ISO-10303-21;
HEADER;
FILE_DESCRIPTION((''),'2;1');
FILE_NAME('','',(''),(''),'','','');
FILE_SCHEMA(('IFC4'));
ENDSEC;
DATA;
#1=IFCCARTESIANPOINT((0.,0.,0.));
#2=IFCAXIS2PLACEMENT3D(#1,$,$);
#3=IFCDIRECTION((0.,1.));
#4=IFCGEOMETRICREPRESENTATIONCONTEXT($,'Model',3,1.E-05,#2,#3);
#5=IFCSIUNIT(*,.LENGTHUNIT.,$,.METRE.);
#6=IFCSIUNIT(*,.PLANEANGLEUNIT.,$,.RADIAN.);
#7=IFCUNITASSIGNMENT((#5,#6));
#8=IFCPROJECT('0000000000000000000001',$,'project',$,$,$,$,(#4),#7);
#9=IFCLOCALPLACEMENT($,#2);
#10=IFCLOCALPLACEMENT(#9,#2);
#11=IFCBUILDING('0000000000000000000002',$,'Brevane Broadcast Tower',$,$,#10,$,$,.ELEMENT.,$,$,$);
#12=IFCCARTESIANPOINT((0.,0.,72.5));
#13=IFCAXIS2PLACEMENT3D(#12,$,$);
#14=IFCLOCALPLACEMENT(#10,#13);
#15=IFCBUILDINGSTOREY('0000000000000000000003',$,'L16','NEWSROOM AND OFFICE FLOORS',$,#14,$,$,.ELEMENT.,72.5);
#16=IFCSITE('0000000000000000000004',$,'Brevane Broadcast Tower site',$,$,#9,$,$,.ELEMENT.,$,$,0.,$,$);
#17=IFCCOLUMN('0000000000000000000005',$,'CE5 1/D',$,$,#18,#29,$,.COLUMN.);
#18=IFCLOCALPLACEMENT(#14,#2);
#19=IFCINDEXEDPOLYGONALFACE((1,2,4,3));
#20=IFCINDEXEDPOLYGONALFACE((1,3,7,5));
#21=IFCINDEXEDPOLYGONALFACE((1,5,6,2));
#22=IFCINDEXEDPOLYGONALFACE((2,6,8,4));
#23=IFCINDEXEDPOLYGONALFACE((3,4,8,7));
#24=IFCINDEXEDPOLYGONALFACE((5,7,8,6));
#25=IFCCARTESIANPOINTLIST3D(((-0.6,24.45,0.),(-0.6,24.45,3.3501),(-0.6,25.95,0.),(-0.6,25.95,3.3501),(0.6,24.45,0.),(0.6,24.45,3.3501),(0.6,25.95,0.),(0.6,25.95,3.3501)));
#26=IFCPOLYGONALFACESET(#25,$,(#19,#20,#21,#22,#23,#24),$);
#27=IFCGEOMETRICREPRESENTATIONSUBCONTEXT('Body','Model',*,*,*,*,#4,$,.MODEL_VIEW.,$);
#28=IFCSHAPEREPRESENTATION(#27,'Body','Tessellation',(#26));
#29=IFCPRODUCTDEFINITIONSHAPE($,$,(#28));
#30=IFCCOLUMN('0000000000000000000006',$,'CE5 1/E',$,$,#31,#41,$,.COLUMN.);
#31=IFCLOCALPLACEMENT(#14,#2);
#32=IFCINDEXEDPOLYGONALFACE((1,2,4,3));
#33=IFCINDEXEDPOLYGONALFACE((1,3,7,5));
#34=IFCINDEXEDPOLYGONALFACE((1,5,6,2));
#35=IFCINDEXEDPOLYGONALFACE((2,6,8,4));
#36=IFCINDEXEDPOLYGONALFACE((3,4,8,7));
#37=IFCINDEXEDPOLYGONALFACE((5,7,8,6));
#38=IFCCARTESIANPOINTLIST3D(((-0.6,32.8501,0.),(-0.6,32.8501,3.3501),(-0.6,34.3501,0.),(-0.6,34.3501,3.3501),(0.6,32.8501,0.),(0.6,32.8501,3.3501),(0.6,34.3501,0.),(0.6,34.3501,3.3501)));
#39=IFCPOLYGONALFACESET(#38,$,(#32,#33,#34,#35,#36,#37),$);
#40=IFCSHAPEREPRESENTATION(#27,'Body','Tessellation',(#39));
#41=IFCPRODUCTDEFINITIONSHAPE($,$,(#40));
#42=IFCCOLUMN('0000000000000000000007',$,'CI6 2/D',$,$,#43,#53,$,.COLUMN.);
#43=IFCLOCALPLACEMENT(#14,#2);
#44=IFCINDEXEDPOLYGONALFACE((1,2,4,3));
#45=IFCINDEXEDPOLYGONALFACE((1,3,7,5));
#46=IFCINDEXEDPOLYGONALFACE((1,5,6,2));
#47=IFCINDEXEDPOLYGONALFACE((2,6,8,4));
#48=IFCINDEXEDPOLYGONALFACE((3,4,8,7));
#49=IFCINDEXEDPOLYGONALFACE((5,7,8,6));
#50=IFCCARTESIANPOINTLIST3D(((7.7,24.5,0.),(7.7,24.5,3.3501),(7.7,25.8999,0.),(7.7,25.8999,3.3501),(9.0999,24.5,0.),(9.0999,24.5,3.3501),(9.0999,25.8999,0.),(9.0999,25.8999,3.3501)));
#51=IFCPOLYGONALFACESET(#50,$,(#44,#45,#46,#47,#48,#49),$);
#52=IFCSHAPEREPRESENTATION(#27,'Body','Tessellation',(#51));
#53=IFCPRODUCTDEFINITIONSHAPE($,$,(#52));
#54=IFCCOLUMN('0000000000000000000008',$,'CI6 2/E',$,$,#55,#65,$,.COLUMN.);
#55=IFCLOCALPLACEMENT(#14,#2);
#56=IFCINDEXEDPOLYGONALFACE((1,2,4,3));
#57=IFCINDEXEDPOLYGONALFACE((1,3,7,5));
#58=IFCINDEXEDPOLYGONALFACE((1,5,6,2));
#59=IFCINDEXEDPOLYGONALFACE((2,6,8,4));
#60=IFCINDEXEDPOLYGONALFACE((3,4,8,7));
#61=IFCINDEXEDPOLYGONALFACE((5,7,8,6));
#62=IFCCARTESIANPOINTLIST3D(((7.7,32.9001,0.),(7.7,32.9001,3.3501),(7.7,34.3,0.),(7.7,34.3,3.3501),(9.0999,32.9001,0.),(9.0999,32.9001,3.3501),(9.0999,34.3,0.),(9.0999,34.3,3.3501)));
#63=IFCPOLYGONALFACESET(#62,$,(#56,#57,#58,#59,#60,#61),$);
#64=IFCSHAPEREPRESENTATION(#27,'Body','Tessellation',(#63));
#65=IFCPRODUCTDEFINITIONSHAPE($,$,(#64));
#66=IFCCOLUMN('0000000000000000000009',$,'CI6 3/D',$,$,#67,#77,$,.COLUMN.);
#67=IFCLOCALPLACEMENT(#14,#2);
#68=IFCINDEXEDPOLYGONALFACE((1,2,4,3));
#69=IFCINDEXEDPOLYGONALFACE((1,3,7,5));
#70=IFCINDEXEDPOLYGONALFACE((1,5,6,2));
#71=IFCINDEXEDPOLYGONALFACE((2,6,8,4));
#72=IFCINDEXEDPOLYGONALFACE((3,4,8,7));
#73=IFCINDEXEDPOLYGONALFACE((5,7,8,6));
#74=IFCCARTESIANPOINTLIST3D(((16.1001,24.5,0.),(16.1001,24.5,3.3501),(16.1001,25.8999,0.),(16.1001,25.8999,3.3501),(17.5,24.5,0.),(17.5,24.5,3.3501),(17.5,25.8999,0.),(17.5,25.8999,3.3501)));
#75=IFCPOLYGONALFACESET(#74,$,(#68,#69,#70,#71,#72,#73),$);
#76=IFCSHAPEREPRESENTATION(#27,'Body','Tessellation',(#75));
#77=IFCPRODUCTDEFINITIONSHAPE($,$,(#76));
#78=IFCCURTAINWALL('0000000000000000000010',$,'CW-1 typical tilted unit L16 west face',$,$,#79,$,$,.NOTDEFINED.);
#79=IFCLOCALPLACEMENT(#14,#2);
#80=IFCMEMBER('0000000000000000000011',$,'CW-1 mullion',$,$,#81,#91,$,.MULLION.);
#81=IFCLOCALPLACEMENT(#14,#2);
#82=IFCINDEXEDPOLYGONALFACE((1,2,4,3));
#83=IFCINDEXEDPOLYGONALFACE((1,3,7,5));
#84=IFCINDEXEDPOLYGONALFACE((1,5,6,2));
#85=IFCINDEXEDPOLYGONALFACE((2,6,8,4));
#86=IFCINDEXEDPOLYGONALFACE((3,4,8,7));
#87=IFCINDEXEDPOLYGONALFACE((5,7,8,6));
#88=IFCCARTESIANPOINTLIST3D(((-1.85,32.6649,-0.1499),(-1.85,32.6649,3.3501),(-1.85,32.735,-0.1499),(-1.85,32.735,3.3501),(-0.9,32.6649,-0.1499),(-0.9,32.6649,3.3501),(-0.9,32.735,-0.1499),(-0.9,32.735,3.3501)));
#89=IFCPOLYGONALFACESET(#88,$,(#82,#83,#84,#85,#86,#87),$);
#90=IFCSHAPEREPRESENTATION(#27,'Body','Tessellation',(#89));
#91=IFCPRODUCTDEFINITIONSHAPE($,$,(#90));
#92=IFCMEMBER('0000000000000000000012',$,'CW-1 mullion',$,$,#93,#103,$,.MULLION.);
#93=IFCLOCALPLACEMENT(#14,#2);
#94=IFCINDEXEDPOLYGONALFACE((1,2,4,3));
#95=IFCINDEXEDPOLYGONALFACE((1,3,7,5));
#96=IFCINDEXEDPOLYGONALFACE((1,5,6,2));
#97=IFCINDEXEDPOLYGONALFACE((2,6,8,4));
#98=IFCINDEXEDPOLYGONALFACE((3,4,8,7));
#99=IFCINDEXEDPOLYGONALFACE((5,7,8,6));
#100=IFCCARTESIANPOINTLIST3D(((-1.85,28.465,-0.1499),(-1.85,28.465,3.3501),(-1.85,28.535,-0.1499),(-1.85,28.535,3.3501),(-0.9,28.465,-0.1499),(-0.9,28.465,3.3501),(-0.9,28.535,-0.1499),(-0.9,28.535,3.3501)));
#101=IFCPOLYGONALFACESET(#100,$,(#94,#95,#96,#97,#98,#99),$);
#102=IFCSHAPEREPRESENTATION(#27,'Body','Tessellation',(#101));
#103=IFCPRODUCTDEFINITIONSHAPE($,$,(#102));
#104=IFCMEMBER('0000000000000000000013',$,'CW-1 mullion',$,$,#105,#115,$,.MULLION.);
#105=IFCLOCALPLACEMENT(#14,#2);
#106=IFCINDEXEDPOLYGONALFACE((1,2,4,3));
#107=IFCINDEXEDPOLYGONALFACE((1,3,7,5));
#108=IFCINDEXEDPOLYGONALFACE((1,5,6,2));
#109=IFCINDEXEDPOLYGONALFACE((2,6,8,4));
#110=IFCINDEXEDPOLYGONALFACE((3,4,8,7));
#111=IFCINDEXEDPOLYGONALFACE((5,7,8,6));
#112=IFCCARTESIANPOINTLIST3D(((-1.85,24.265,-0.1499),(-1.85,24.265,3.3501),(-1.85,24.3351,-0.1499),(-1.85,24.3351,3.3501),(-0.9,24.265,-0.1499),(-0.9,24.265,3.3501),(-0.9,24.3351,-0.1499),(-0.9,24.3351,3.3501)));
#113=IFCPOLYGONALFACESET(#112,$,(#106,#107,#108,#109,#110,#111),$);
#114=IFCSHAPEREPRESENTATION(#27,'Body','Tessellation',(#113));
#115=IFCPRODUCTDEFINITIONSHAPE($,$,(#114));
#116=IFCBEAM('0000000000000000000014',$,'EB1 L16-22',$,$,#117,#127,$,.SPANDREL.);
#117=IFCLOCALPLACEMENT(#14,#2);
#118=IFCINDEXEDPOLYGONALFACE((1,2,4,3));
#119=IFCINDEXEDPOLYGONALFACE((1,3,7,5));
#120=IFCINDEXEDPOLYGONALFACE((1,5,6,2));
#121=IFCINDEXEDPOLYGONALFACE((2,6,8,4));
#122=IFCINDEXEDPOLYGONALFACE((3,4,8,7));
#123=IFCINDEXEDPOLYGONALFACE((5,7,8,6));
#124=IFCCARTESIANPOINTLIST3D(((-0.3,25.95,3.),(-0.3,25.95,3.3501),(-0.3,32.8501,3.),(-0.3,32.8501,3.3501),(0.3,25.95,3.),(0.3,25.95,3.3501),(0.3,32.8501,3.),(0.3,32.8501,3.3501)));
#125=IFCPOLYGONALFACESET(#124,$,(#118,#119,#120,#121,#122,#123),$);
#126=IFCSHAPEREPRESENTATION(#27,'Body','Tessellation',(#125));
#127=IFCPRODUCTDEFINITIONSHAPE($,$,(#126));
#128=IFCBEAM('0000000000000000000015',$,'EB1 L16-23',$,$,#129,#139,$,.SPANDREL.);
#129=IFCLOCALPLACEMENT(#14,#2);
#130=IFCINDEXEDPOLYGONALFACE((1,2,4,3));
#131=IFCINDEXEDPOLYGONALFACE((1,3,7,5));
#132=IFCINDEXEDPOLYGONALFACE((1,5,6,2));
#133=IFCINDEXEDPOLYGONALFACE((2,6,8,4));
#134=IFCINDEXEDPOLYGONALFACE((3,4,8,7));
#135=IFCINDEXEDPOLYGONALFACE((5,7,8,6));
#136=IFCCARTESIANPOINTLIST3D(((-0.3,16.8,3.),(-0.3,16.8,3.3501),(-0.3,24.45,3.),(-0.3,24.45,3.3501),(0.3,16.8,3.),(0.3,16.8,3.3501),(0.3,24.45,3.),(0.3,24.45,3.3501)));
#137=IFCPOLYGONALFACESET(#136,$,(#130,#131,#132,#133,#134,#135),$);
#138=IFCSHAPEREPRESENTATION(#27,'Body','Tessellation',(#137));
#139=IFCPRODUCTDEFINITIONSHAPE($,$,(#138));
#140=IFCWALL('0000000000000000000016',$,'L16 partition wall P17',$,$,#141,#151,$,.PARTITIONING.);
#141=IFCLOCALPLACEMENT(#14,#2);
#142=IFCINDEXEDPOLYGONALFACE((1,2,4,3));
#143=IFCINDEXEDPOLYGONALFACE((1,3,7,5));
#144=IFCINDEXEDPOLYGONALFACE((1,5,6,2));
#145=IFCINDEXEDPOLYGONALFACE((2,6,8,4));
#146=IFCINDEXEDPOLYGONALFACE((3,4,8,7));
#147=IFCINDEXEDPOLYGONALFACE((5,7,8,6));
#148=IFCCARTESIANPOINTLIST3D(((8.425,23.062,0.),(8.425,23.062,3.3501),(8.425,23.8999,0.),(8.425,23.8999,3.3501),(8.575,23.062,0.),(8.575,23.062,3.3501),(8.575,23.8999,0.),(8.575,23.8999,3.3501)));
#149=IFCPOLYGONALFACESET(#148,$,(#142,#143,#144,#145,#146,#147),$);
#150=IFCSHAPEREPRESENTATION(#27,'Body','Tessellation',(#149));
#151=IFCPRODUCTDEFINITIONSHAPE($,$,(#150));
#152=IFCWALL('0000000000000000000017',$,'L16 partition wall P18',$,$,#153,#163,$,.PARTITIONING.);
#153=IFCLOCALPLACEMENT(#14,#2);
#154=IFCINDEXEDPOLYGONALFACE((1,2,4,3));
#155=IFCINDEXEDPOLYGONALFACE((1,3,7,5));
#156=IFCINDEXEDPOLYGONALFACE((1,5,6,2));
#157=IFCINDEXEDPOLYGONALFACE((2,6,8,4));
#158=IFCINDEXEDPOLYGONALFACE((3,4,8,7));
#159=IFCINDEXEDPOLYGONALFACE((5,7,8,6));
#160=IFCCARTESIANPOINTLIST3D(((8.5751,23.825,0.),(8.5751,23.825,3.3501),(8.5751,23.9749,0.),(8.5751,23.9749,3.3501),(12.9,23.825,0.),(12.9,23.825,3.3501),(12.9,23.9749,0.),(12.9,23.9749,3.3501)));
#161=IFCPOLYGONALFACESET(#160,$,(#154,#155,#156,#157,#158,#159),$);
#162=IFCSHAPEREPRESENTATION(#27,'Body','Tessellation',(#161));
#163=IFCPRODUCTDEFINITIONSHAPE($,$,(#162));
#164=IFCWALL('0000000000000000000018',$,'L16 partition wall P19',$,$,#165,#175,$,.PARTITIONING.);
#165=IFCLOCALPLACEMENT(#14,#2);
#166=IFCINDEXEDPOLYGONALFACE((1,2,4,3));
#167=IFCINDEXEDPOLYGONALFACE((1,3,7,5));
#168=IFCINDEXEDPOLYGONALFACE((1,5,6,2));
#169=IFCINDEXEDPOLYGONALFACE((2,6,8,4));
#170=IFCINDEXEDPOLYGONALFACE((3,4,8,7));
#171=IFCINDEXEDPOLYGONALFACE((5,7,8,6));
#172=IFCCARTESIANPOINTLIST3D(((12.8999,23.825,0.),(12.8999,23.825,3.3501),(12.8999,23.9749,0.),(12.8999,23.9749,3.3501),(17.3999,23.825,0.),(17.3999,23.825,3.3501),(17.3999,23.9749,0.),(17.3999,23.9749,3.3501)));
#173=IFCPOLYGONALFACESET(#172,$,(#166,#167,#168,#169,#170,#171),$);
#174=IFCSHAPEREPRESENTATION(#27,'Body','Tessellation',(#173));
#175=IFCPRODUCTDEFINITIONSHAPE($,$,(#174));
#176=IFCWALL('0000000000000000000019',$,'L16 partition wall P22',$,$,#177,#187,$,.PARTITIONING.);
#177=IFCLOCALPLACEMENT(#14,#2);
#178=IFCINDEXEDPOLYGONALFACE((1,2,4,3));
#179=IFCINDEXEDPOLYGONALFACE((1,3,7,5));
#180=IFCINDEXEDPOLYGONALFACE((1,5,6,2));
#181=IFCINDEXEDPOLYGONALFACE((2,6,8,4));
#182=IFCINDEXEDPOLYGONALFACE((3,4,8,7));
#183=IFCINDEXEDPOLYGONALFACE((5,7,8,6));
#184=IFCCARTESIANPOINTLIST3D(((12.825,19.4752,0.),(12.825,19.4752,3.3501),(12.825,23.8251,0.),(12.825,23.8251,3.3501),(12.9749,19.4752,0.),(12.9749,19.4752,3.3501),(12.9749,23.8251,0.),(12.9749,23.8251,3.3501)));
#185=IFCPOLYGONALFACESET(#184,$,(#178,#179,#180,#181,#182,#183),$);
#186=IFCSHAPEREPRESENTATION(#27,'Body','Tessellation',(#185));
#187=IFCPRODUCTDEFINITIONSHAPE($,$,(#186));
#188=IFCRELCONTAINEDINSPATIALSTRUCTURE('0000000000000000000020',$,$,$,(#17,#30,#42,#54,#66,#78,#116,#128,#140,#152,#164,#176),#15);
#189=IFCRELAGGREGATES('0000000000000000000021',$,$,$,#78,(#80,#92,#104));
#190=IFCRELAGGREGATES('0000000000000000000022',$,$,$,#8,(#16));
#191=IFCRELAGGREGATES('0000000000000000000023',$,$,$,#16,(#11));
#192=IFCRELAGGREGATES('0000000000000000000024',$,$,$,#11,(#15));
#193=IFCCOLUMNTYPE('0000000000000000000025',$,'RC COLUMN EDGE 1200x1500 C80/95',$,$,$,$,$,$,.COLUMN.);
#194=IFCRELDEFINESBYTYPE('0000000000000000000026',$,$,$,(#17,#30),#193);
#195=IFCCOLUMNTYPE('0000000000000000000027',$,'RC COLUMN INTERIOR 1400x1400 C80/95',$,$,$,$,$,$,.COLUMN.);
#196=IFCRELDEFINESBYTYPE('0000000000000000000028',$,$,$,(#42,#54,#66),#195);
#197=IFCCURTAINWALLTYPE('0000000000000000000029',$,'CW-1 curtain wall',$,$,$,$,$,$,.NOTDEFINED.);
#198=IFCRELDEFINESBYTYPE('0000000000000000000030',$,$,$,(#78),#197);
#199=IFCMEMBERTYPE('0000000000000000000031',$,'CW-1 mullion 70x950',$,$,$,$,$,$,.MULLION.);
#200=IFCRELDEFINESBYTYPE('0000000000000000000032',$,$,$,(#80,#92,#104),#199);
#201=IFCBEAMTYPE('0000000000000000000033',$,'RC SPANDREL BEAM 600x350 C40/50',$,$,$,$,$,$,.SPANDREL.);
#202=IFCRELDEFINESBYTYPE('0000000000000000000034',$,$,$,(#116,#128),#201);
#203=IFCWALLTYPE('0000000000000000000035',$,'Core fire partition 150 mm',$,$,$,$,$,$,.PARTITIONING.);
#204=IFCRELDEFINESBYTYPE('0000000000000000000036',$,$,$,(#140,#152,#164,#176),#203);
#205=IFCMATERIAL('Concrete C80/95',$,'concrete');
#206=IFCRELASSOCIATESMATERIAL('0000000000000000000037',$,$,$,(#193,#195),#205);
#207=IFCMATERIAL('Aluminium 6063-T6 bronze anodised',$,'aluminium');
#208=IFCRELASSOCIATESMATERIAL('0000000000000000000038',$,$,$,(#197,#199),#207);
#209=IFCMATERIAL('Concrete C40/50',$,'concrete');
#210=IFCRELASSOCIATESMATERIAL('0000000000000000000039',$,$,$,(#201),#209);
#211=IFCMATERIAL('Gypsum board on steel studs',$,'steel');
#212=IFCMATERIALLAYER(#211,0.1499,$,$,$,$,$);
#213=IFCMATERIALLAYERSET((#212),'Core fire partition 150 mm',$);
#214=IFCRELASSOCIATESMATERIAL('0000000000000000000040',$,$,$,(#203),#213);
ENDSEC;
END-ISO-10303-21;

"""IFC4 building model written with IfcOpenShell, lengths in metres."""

from ifc_helpers import new_model, si_unit, direction, frame, frame_2d, origin, origin_2d, place, context, subcontext, project, spatial, rectangle, extrude, material, layer, layer_set, material_profile, profile_set, type_object, element, aggregate, save


model = new_model("IFC4")

# Units and contexts
model_context = context("Model", 3, precision=1e-05, world=origin(), true_north=direction((0.0, 1.0)))
body_context = subcontext(model_context, "Body", "Model", "MODEL_VIEW")
ifc_project = project(units=[si_unit("LENGTHUNIT", "METRE"), si_unit("PLANEANGLEUNIT", "RADIAN")], contexts=[model_context])

# Site, building, storey
site_placement = place(None, origin())
site = spatial("IfcSite", under=ifc_project, at=site_placement, Name="Brevane Broadcast Tower site", CompositionType="ELEMENT", RefElevation=0.0)
building_placement = place(site_placement, origin())
building = spatial("IfcBuilding", under=site, at=building_placement, Name="Brevane Broadcast Tower", CompositionType="ELEMENT")
storey_placement = place(building_placement, frame((0.0, 0.0, 72.5)))
storey = spatial("IfcBuildingStorey", under=building, at=storey_placement, Name="L16", Description="NEWSROOM AND OFFICE FLOORS", CompositionType="ELEMENT", Elevation=72.5)

# Columns
ifc_material_1 = material(Name="Concrete C80/95", Category="concrete")
ifc_material_profile_1 = material_profile(ifc_material_1, rectangle(XDim=1.2, YDim=1.5, at=origin_2d()), Name="RC 1200x1500")
ifc_profile_set_1 = profile_set([ifc_material_profile_1], Name="Concrete C80/95")
column_type_1 = type_object("IfcColumnType", Name="RC COLUMN EDGE 1200x1500 C80/95", PredefinedType="COLUMN", material=ifc_profile_set_1)
for number, where, z_axis, x_axis, name in (
    (1, (0.0, 25.2, 0.0), (0.0, 0.0, 1.0), (1.0, 0.0, 0.0), "CE5 1/D"),
    (2, (0.0, 33.6001, 0.0), (0.0, 0.0, 1.0), (1.0, 0.0, 0.0), "CE5 1/E"),
):
    element("IfcColumn", number, at=place(storey_placement, frame(where, z_axis=z_axis, x_axis=x_axis)), inside=storey, type_object=column_type_1, Name=name, PredefinedType="COLUMN", context=body_context, shape_type="SweptSolid", body=[
        extrude(rectangle(XDim=1.2, YDim=1.5, at=origin_2d()), origin(), (0.0, 0.0, 1.0), 3.3501),
    ])
ifc_material_profile_2 = material_profile(ifc_material_1, rectangle(XDim=1.3999, YDim=1.3999, at=origin_2d()), Name="RC 1400x1400")
ifc_profile_set_2 = profile_set([ifc_material_profile_2], Name="Concrete C80/95")
column_type_2 = type_object("IfcColumnType", Name="RC COLUMN INTERIOR 1400x1400 C80/95", PredefinedType="COLUMN", material=ifc_profile_set_2)
for number, where, z_axis, x_axis, name in (
    (3, (8.3999, 25.2, 0.0), (0.0, 0.0, 1.0), (1.0, 0.0, 0.0), "CI6 2/D"),
    (4, (8.3999, 33.6001, 0.0), (0.0, 0.0, 1.0), (1.0, 0.0, 0.0), "CI6 2/E"),
    (5, (16.8, 25.2, 0.0), (0.0, 0.0, 1.0), (1.0, 0.0, 0.0), "CI6 3/D"),
):
    element("IfcColumn", number, at=place(storey_placement, frame(where, z_axis=z_axis, x_axis=x_axis)), inside=storey, type_object=column_type_2, Name=name, PredefinedType="COLUMN", context=body_context, shape_type="SweptSolid", body=[
        extrude(rectangle(XDim=1.3999, YDim=1.3999, at=origin_2d()), origin(), (0.0, 0.0, 1.0), 3.3501),
    ])

# Curtain wall, members
ifc_material_2 = material(Name="Aluminium 6063-T6 bronze anodised", Category="aluminium")
curtain_wall_type = type_object("IfcCurtainWallType", Name="CW-1 curtain wall", PredefinedType="NOTDEFINED", material=ifc_material_2)
curtain_wall_placement = place(storey_placement, origin())
curtain_wall = element("IfcCurtainWall", 6, at=curtain_wall_placement, inside=storey, type_object=curtain_wall_type, Name="CW-1 typical tilted unit L16 west face", PredefinedType="NOTDEFINED")
ifc_material_profile_3 = material_profile(ifc_material_2, rectangle(XDim=0.95, YDim=0.0701, at=origin_2d()), Name="RECT 70x950")
ifc_profile_set_3 = profile_set([ifc_material_profile_3], Name="Aluminium 6063-T6 bronze anodised")
member_type = type_object("IfcMemberType", Name="CW-1 mullion 70x950", PredefinedType="MULLION", material=ifc_profile_set_3)
member_1_placement = place(storey_placement, frame((-1.375, 32.7, -0.1499), z_axis=(0.0, 0.0, 1.0), x_axis=(1.0, 0.0, 0.0)))
member_1 = element("IfcMember", 7, at=member_1_placement, type_object=member_type, Name="CW-1 mullion", PredefinedType="MULLION", context=body_context, shape_type="SweptSolid", body=[
    extrude(rectangle(XDim=0.95, YDim=0.0701, at=origin_2d()), origin(), (0.0, 0.0, 1.0), 3.5),
])
member_2_placement = place(storey_placement, frame((-1.375, 28.5, -0.1499), z_axis=(0.0, 0.0, 1.0), x_axis=(1.0, 0.0, 0.0)))
member_2 = element("IfcMember", 8, at=member_2_placement, type_object=member_type, Name="CW-1 mullion", PredefinedType="MULLION", context=body_context, shape_type="SweptSolid", body=[
    extrude(rectangle(XDim=0.95, YDim=0.0701, at=origin_2d()), origin(), (0.0, 0.0, 1.0), 3.5),
])
member_3_placement = place(storey_placement, frame((-1.375, 24.3, -0.1499), z_axis=(0.0, 0.0, 1.0), x_axis=(1.0, 0.0, 0.0)))
member_3 = element("IfcMember", 9, at=member_3_placement, type_object=member_type, Name="CW-1 mullion", PredefinedType="MULLION", context=body_context, shape_type="SweptSolid", body=[
    extrude(rectangle(XDim=0.95, YDim=0.0701, at=origin_2d()), origin(), (0.0, 0.0, 1.0), 3.5),
])
aggregate(curtain_wall, [member_1, member_2, member_3])

# Beams
ifc_material_3 = material(Name="Concrete C40/50", Category="concrete")
ifc_material_profile_4 = material_profile(ifc_material_3, rectangle(XDim=0.6001, YDim=0.3501, at=origin_2d()), Name="RC 600x350")
ifc_profile_set_4 = profile_set([ifc_material_profile_4], Name="Concrete C40/50")
beam_type = type_object("IfcBeamType", Name="RC SPANDREL BEAM 600x350 C40/50", PredefinedType="SPANDREL", material=ifc_profile_set_4)
beam_1_placement = place(storey_placement, frame((0.0, 32.8501, 3.175), z_axis=(0.0, -1.0, 0.0), x_axis=(1.0, 0.0, 0.0)))
element("IfcBeam", 10, at=beam_1_placement, inside=storey, type_object=beam_type, Name="EB1 L16-22", PredefinedType="SPANDREL", context=body_context, shape_type="SweptSolid", body=[
    extrude(rectangle(XDim=0.6001, YDim=0.3501, at=origin_2d()), origin(), (0.0, 0.0, 1.0), 6.9001),
])
beam_2_placement = place(storey_placement, frame((0.0, 24.45, 3.175), z_axis=(0.0, -1.0, 0.0), x_axis=(1.0, 0.0, 0.0)))
element("IfcBeam", 11, at=beam_2_placement, inside=storey, type_object=beam_type, Name="EB1 L16-23", PredefinedType="SPANDREL", context=body_context, shape_type="SweptSolid", body=[
    extrude(rectangle(XDim=0.6001, YDim=0.3501, at=origin_2d()), origin(), (0.0, 0.0, 1.0), 7.6499),
])

# Walls
ifc_material_4 = material(Name="Gypsum board on steel studs", Category="steel")
ifc_layer_1 = layer(ifc_material_4, 0.1499)
ifc_layer_set_1 = layer_set([ifc_layer_1], Name="Core fire partition 150 mm")
wall_type_1 = type_object("IfcWallType", Name="Core fire partition 150 mm", PredefinedType="PARTITIONING", material=ifc_layer_set_1)
wall_1_placement = place(storey_placement, frame((8.5, 23.062, 0.0), z_axis=(0.0, 0.0, 1.0), x_axis=(0.0, 1.0, 0.0)))
element("IfcWall", 12, at=wall_1_placement, inside=storey, type_object=wall_type_1, Name="L16 partition wall P17", PredefinedType="PARTITIONING", context=body_context, shape_type="SweptSolid", body=[
    extrude(rectangle(XDim=0.8379, YDim=0.1499, at=frame_2d((0.4189, 0.0))), origin(), (0.0, 0.0, 1.0), 3.3501),
])
wall_2_placement = place(storey_placement, frame((8.575, 23.8999, 0.0), z_axis=(0.0, 0.0, 1.0), x_axis=(1.0, 0.0, 0.0)))
element("IfcWall", 13, at=wall_2_placement, inside=storey, type_object=wall_type_1, Name="L16 partition wall P18", PredefinedType="PARTITIONING", context=body_context, shape_type="SweptSolid", body=[
    extrude(rectangle(XDim=4.325, YDim=0.1499, at=frame_2d((2.1626, 0.0))), origin(), (0.0, 0.0, 1.0), 3.3501),
])
wall_3_placement = place(storey_placement, frame((12.8999, 23.8999, 0.0), z_axis=(0.0, 0.0, 1.0), x_axis=(1.0, 0.0, 0.0)))
element("IfcWall", 14, at=wall_3_placement, inside=storey, type_object=wall_type_1, Name="L16 partition wall P19", PredefinedType="PARTITIONING", context=body_context, shape_type="SweptSolid", body=[
    extrude(rectangle(XDim=4.5, YDim=0.1499, at=frame_2d((2.25, 0.0))), origin(), (0.0, 0.0, 1.0), 3.3501),
])
wall_4_placement = place(storey_placement, frame((12.8999, 23.825, 0.0), z_axis=(0.0, 0.0, 1.0), x_axis=(0.0, -1.0, 0.0)))
element("IfcWall", 15, at=wall_4_placement, inside=storey, type_object=wall_type_1, Name="L16 partition wall P22", PredefinedType="PARTITIONING", context=body_context, shape_type="SweptSolid", body=[
    extrude(rectangle(XDim=4.3499, YDim=0.1499, at=frame_2d((2.1748, 0.0))), origin(), (0.0, 0.0, 1.0), 3.3501),
])

save(model, "model.ifc")
